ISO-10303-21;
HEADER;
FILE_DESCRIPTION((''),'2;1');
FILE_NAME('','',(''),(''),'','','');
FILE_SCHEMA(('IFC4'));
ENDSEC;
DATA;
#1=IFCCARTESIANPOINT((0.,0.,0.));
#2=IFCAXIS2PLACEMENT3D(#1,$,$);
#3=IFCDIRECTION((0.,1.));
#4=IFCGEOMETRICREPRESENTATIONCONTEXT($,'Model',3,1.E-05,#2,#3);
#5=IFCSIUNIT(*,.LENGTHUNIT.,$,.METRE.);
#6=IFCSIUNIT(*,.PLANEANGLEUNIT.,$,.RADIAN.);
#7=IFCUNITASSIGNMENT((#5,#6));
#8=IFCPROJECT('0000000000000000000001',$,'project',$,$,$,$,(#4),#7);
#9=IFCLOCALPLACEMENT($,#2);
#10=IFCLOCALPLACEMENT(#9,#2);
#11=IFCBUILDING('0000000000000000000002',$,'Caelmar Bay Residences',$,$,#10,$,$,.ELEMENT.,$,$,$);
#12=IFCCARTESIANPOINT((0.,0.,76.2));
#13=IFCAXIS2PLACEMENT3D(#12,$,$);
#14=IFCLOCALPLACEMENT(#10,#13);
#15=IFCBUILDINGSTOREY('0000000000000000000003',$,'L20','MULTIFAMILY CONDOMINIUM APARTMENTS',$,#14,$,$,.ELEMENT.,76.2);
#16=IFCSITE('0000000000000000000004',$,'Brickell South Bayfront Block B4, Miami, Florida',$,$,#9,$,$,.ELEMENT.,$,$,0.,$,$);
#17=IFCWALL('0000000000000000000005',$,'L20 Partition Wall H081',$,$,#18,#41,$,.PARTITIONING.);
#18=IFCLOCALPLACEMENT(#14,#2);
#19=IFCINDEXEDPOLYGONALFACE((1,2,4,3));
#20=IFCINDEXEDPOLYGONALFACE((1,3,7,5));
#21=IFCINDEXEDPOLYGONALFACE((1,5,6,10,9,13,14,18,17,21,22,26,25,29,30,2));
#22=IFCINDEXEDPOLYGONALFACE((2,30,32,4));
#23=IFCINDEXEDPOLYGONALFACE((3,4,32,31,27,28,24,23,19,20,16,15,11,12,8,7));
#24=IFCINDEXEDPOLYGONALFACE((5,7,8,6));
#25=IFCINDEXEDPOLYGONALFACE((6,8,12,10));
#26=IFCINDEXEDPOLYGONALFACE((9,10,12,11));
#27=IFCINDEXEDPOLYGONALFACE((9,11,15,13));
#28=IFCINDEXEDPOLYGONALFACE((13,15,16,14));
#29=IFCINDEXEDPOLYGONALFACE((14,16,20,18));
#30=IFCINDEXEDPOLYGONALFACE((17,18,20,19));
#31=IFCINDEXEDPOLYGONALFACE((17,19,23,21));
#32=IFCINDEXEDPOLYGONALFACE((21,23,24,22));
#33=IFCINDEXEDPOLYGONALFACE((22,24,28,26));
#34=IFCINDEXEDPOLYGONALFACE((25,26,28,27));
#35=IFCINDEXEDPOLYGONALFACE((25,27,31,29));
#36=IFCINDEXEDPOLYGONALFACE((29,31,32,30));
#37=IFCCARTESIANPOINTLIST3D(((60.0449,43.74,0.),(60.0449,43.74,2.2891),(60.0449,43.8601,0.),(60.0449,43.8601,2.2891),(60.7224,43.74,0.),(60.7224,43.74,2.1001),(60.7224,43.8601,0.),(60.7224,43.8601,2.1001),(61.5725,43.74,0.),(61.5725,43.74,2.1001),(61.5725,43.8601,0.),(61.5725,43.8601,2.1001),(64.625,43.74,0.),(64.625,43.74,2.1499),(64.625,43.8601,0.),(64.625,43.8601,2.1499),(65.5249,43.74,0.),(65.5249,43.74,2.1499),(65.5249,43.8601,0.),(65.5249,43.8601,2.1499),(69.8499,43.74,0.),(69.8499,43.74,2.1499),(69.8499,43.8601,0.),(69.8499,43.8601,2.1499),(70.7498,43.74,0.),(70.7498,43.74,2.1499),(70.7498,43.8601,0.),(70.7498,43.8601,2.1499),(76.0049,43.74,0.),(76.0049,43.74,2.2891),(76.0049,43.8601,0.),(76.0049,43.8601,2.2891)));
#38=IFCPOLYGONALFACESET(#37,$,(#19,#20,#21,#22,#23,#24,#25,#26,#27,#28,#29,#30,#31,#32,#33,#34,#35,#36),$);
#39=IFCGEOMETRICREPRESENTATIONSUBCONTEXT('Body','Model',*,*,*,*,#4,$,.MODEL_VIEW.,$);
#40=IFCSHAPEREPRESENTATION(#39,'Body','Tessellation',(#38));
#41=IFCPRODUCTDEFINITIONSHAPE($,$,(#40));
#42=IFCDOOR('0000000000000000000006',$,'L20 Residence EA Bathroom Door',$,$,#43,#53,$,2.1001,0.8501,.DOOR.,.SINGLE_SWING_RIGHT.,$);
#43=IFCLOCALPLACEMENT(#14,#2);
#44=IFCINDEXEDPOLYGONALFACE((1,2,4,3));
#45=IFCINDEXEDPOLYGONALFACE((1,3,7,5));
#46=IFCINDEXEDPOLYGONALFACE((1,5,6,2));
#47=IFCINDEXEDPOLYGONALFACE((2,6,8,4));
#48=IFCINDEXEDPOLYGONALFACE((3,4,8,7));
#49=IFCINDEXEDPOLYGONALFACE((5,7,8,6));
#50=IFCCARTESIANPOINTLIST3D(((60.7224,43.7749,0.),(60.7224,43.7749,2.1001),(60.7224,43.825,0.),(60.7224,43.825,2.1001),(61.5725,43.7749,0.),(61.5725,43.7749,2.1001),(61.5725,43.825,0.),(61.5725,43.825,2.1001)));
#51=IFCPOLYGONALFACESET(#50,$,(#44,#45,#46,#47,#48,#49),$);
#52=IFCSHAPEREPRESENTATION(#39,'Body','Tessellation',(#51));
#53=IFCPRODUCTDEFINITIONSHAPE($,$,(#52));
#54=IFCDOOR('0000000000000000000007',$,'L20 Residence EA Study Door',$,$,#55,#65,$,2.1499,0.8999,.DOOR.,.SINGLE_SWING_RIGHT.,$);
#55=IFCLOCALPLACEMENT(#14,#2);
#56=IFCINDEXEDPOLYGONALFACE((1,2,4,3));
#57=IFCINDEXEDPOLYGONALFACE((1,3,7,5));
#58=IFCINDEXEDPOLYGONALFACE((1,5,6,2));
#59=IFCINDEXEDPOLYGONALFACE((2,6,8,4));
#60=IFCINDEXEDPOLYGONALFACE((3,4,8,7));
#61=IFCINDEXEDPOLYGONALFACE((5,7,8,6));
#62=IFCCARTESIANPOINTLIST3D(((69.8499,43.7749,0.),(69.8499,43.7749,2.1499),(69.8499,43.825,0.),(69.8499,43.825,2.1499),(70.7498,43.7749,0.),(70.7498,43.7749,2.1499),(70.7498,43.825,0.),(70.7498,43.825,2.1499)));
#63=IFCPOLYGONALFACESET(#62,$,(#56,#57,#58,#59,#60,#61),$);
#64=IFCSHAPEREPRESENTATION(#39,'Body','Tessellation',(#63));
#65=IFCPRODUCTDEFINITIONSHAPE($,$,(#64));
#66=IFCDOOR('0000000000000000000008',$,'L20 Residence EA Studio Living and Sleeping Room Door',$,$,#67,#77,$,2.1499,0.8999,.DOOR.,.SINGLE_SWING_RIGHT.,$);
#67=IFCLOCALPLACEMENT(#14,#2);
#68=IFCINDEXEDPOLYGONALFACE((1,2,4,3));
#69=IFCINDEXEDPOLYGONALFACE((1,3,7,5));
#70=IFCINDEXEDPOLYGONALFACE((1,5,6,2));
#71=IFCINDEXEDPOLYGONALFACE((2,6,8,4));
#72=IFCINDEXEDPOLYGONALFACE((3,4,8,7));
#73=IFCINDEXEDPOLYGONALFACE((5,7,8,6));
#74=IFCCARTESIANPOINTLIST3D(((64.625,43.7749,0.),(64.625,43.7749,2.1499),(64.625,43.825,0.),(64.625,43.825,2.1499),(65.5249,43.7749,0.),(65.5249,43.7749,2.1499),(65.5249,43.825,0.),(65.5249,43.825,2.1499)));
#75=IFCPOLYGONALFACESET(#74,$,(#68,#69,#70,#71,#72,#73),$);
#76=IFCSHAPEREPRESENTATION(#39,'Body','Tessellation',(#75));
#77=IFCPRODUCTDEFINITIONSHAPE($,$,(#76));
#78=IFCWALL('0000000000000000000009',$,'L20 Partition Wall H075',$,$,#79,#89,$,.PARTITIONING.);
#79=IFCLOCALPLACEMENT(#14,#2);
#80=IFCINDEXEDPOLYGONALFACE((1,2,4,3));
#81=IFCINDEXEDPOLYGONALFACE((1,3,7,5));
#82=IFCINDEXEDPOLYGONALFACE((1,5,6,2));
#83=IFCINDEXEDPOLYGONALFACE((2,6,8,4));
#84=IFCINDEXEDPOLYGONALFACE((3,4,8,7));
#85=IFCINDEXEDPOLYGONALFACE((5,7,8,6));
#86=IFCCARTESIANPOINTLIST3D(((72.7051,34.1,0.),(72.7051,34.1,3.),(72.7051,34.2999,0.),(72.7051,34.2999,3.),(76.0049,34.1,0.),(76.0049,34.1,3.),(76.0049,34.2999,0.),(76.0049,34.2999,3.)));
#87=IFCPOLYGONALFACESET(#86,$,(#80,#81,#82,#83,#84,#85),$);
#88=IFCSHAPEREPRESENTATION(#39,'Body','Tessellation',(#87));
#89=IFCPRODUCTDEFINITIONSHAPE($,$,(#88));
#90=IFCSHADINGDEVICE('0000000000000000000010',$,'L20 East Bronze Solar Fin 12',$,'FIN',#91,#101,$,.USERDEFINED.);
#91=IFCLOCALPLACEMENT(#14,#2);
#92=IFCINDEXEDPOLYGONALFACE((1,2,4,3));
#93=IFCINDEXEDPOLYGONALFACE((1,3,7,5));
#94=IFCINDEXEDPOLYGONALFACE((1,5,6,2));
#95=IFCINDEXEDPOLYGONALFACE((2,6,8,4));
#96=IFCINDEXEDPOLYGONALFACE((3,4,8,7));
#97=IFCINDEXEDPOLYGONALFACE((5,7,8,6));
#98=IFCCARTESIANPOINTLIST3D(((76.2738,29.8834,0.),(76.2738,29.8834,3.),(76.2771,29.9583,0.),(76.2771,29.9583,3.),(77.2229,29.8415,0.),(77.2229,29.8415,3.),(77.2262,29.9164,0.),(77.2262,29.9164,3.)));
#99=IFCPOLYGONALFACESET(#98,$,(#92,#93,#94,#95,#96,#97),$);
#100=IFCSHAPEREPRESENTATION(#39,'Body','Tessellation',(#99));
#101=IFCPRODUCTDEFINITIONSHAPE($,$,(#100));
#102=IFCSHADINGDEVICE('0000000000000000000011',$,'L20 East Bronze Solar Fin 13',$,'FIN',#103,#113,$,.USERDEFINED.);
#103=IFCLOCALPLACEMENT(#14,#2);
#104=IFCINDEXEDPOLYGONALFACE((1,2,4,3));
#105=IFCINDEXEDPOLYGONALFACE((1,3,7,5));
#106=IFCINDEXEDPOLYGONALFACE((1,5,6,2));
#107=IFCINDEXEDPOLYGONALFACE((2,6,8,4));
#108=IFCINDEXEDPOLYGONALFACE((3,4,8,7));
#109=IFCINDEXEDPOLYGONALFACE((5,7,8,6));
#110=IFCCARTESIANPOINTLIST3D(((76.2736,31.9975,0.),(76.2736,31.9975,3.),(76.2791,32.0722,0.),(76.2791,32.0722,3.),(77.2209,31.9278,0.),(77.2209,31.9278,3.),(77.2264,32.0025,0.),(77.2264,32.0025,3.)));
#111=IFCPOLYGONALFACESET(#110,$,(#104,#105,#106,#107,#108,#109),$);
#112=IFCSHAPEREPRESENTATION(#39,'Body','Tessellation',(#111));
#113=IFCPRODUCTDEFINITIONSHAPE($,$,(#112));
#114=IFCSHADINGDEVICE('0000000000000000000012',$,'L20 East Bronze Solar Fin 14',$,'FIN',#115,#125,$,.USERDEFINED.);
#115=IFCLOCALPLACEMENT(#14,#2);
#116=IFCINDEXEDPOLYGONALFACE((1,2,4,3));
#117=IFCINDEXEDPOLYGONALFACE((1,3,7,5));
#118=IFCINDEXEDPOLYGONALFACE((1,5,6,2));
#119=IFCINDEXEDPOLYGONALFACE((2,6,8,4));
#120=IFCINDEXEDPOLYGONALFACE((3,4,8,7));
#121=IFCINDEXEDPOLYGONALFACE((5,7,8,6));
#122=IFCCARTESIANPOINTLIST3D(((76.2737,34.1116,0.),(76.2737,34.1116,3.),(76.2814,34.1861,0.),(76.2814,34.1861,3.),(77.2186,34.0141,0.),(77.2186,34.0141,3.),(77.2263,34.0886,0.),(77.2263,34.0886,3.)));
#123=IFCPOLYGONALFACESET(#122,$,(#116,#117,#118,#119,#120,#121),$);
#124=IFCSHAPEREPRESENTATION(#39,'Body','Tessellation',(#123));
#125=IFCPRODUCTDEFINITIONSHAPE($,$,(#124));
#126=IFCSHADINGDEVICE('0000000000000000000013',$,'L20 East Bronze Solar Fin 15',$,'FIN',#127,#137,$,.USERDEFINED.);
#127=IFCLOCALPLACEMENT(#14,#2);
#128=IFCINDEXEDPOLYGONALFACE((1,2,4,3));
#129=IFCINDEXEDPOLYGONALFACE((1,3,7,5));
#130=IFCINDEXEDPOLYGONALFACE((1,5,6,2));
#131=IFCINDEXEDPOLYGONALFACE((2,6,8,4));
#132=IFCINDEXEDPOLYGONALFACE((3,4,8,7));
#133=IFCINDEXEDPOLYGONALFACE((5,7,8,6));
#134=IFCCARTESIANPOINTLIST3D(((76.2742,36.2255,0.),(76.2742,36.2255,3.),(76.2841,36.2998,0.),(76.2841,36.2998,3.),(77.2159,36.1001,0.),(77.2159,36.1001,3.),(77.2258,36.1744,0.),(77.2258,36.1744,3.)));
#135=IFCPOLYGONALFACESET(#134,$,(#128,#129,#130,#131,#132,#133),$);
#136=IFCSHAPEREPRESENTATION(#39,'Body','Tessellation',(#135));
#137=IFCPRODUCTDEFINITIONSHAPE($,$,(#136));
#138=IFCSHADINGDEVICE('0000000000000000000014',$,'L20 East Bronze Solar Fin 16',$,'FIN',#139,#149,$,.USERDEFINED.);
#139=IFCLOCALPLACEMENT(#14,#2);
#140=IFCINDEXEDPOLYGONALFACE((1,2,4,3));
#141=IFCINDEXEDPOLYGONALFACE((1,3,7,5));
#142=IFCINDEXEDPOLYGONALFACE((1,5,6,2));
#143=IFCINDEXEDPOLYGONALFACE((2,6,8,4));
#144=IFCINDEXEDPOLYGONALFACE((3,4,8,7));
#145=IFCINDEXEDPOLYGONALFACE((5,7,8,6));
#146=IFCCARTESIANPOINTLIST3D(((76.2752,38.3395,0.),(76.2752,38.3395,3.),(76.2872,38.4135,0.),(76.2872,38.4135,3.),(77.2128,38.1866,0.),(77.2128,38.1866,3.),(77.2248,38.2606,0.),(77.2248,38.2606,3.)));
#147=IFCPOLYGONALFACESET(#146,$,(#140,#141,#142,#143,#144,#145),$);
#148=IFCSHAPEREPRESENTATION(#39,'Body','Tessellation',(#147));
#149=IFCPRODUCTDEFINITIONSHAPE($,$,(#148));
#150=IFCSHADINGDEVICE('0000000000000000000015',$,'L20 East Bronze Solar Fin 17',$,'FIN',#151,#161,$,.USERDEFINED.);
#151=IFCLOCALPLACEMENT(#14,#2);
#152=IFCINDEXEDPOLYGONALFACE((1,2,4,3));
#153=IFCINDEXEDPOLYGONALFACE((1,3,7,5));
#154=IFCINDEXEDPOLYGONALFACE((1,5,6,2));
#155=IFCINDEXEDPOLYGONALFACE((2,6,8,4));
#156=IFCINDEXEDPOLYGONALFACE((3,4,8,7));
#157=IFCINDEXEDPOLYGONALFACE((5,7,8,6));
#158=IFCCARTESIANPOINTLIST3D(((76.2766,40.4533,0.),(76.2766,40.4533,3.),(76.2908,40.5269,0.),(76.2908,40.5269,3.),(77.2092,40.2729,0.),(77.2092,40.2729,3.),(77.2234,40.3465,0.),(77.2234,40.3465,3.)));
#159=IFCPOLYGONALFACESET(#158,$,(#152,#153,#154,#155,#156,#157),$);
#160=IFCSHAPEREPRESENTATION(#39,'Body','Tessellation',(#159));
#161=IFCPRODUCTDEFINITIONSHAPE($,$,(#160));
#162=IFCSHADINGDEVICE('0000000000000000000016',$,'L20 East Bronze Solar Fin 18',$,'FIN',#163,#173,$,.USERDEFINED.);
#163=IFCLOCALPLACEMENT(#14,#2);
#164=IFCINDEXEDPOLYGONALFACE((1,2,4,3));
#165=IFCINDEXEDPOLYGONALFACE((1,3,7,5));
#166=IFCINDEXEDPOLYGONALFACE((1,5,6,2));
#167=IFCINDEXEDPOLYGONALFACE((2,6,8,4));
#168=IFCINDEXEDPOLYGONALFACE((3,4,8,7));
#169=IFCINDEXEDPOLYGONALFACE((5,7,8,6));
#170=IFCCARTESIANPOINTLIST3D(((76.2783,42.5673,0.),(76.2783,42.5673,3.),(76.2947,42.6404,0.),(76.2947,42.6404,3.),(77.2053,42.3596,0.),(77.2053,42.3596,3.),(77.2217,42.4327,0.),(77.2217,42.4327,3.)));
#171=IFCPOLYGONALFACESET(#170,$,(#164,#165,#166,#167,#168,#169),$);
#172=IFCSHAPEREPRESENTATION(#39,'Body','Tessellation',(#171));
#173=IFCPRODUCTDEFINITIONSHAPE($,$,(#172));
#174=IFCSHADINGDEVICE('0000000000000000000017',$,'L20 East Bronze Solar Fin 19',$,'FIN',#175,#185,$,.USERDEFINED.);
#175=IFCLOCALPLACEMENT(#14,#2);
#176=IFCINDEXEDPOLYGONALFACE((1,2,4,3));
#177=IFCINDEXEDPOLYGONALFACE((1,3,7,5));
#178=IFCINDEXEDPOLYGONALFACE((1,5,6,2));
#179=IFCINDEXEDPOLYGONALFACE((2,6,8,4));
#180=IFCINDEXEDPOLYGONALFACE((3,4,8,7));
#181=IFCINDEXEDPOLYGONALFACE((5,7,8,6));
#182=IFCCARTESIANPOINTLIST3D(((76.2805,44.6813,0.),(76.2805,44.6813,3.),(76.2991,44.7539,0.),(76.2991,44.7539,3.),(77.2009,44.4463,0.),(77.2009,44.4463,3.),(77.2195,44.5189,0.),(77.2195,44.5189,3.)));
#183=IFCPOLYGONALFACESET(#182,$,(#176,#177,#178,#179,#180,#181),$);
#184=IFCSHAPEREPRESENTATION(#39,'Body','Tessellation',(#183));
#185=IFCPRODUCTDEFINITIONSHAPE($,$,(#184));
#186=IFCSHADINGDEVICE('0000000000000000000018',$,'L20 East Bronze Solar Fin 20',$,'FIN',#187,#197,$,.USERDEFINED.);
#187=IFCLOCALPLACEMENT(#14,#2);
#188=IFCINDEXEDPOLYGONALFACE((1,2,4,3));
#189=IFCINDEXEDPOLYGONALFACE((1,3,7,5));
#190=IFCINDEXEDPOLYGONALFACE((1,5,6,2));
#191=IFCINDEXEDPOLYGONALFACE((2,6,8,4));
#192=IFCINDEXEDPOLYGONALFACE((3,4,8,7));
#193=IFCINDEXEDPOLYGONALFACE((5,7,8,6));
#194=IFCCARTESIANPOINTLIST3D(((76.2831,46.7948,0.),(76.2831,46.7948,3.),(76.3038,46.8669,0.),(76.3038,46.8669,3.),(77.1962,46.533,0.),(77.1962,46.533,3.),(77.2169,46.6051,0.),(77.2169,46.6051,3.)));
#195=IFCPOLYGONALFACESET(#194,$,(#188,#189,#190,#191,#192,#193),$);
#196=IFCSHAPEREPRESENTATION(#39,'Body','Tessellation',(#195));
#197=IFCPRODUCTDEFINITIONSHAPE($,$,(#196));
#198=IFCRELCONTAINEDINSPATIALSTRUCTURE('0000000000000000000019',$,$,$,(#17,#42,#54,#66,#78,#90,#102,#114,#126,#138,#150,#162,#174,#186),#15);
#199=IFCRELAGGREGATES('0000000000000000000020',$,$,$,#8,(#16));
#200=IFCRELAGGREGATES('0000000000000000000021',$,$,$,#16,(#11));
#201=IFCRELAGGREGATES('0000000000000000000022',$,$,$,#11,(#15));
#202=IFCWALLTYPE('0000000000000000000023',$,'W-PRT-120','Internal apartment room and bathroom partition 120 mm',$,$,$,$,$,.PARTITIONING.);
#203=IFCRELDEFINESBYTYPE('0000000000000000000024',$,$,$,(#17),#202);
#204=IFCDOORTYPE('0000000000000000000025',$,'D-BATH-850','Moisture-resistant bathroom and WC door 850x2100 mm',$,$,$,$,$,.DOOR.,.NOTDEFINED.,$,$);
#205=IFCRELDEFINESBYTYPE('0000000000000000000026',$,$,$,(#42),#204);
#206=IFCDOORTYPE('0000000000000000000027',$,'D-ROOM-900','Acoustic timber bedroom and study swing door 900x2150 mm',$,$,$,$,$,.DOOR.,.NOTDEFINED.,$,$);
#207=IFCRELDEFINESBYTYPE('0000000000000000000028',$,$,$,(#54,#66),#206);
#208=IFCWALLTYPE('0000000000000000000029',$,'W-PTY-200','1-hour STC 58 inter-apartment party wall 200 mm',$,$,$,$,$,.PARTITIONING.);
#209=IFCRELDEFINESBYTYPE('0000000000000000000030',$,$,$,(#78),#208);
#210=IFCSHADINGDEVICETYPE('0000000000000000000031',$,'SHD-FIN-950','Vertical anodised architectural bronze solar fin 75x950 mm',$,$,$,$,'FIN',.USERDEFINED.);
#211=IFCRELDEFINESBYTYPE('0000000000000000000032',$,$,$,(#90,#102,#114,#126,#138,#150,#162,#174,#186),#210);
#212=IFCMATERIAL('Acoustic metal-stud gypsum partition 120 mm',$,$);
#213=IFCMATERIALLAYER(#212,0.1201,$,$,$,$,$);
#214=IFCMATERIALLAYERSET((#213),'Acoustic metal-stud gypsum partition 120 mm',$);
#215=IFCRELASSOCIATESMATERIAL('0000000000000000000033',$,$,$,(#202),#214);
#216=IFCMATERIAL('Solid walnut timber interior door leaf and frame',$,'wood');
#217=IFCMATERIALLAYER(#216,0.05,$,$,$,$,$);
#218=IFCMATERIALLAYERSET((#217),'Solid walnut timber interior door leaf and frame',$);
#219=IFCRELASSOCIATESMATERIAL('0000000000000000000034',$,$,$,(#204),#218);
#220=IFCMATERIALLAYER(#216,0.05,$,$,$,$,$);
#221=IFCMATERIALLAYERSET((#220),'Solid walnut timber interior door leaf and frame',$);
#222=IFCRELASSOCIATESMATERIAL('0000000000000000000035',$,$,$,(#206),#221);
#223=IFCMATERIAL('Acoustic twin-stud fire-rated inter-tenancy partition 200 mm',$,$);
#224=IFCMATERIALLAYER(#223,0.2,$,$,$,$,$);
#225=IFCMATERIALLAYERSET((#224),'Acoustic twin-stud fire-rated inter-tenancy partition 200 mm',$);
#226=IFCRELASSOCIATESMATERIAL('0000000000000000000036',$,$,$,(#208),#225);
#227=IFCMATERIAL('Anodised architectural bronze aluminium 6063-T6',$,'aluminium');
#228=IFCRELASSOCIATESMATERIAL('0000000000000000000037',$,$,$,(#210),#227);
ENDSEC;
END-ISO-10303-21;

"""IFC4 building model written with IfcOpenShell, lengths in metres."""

from ifc_helpers import new_model, si_unit, direction, frame, frame_2d, origin, origin_2d, place, context, subcontext, project, spatial, rectangle, extrude, material, layer, layer_set, material_profile, profile_set, type_object, element, fill, save


model = new_model("IFC4")

# Units and contexts
model_context = context("Model", 3, precision=1e-05, world=origin(), true_north=direction((0.0, 1.0)))
body_context = subcontext(model_context, "Body", "Model", "MODEL_VIEW")
ifc_project = project(units=[si_unit("LENGTHUNIT", "METRE"), si_unit("PLANEANGLEUNIT", "RADIAN")], contexts=[model_context])

# Site, building, storey
site_placement = place(None, origin())
site = spatial("IfcSite", under=ifc_project, at=site_placement, Name="Brickell South Bayfront Block B4, Miami, Florida", CompositionType="ELEMENT", RefElevation=0.0)
building_placement = place(site_placement, origin())
building = spatial("IfcBuilding", under=site, at=building_placement, Name="Caelmar Bay Residences", CompositionType="ELEMENT")
storey_placement = place(building_placement, frame((0.0, 0.0, 76.2)))
storey = spatial("IfcBuildingStorey", under=building, at=storey_placement, Name="L20", Description="MULTIFAMILY CONDOMINIUM APARTMENTS", CompositionType="ELEMENT", Elevation=76.2)

# Shared definitions
ifc_material_1 = material(Name="Acoustic metal-stud gypsum partition 120 mm")
ifc_layer_1 = layer(ifc_material_1, 0.1201)
ifc_layer_set_1 = layer_set([ifc_layer_1], Name="Acoustic metal-stud gypsum partition 120 mm")
wall_type_1 = type_object("IfcWallType", Name="W-PRT-120", Description="Internal apartment room and bathroom partition 120 mm", PredefinedType="PARTITIONING", material=ifc_layer_set_1)
ifc_material_2 = material(Name="Solid walnut timber interior door leaf and frame", Category="wood")
ifc_layer_2 = layer(ifc_material_2, 0.05)
ifc_layer_set_2 = layer_set([ifc_layer_2], Name="Solid walnut timber interior door leaf and frame")
door_type_1 = type_object("IfcDoorType", Name="D-BATH-850", Description="Moisture-resistant bathroom and WC door 850x2100 mm", OperationType="NOTDEFINED", PredefinedType="DOOR", material=ifc_layer_set_2)

# Shared definitions
ifc_layer_3 = layer(ifc_material_2, 0.05)
ifc_layer_set_3 = layer_set([ifc_layer_3], Name="Solid walnut timber interior door leaf and frame")
door_type_2 = type_object("IfcDoorType", Name="D-ROOM-900", Description="Acoustic timber bedroom and study swing door 900x2150 mm", OperationType="NOTDEFINED", PredefinedType="DOOR", material=ifc_layer_set_3)

# Wall, openings, doors
wall_1_placement = place(storey_placement, frame((60.0449, 43.8, 0.0), z_axis=(0.0, 0.0, 1.0), x_axis=(1.0, 0.0, 0.0)))
wall_1 = element("IfcWall", 1, at=wall_1_placement, inside=storey, type_object=wall_type_1, Name="L20 Partition Wall H081", PredefinedType="PARTITIONING", context=body_context, shape_type="SweptSolid", body=[
    extrude(rectangle(XDim=15.96, YDim=0.1201, at=frame_2d((7.98, 0.0))), origin(), (0.0, 0.0, 1.0), 2.2891),
])
opening_1_placement = place(wall_1_placement, frame((9.8049, 0.0, 0.0)))
opening_1 = element("IfcOpeningElement", 2, at=opening_1_placement, cuts=wall_1, PredefinedType="OPENING", context=body_context, shape_type="SweptSolid", body=[
    extrude(rectangle(XDim=0.8999, YDim=2.1499, at=frame_2d((0.45, 1.075))), frame((0.0, 0.0701, 0.0), z_axis=(0.0, -1.0, 0.0), x_axis=(1.0, 0.0, 0.0)), (0.0, 0.0, 1.0), 0.1401),
])
opening_2_placement = place(wall_1_placement, frame((4.5801, 0.0, 0.0)))
opening_2 = element("IfcOpeningElement", 3, at=opening_2_placement, cuts=wall_1, PredefinedType="OPENING", context=body_context, shape_type="SweptSolid", body=[
    extrude(rectangle(XDim=0.8999, YDim=2.1499, at=frame_2d((0.45, 1.075))), frame((0.0, 0.0701, 0.0), z_axis=(0.0, -1.0, 0.0), x_axis=(1.0, 0.0, 0.0)), (0.0, 0.0, 1.0), 0.1401),
])
opening_3_placement = place(wall_1_placement, frame((0.6775, 0.0, 0.0)))
opening_3 = element("IfcOpeningElement", 4, at=opening_3_placement, cuts=wall_1, PredefinedType="OPENING", context=body_context, shape_type="SweptSolid", body=[
    extrude(rectangle(XDim=0.8501, YDim=2.1001, at=frame_2d((0.425, 1.05))), frame((0.0, 0.0701, 0.0), z_axis=(0.0, -1.0, 0.0), x_axis=(1.0, 0.0, 0.0)), (0.0, 0.0, 1.0), 0.1401),
])
door_1_placement = place(opening_3_placement, origin())
door_1 = element("IfcDoor", 5, at=door_1_placement, inside=storey, type_object=door_type_1, Name="L20 Residence EA Bathroom Door", OperationType="SINGLE_SWING_RIGHT", OverallHeight=2.1001, OverallWidth=0.8501, PredefinedType="DOOR", context=body_context, shape_type="SweptSolid", body=[
    extrude(rectangle(XDim=0.8501, YDim=2.1001, at=frame_2d((0.425, 1.05))), frame((0.0, 0.0249, 0.0), z_axis=(0.0, -1.0, 0.0), x_axis=(1.0, 0.0, 0.0)), (0.0, 0.0, 1.0), 0.05),
])
fill(opening_3, door_1)
door_2_placement = place(opening_1_placement, origin())
door_2 = element("IfcDoor", 6, at=door_2_placement, inside=storey, type_object=door_type_2, Name="L20 Residence EA Study Door", OperationType="SINGLE_SWING_RIGHT", OverallHeight=2.1499, OverallWidth=0.8999, PredefinedType="DOOR", context=body_context, shape_type="SweptSolid", body=[
    extrude(rectangle(XDim=0.8999, YDim=2.1499, at=frame_2d((0.45, 1.075))), frame((0.0, 0.0249, 0.0), z_axis=(0.0, -1.0, 0.0), x_axis=(1.0, 0.0, 0.0)), (0.0, 0.0, 1.0), 0.05),
])
fill(opening_1, door_2)
door_3_placement = place(opening_2_placement, origin())
door_3 = element("IfcDoor", 7, at=door_3_placement, inside=storey, type_object=door_type_2, Name="L20 Residence EA Studio Living and Sleeping Room Door", OperationType="SINGLE_SWING_RIGHT", OverallHeight=2.1499, OverallWidth=0.8999, PredefinedType="DOOR", context=body_context, shape_type="SweptSolid", body=[
    extrude(rectangle(XDim=0.8999, YDim=2.1499, at=frame_2d((0.45, 1.075))), frame((0.0, 0.0249, 0.0), z_axis=(0.0, -1.0, 0.0), x_axis=(1.0, 0.0, 0.0)), (0.0, 0.0, 1.0), 0.05),
])
fill(opening_2, door_3)

# Wall
ifc_material_3 = material(Name="Acoustic twin-stud fire-rated inter-tenancy partition 200 mm")
ifc_layer_4 = layer(ifc_material_3, 0.2)
ifc_layer_set_4 = layer_set([ifc_layer_4], Name="Acoustic twin-stud fire-rated inter-tenancy partition 200 mm")
wall_type_2 = type_object("IfcWallType", Name="W-PTY-200", Description="1-hour STC 58 inter-apartment party wall 200 mm", PredefinedType="PARTITIONING", material=ifc_layer_set_4)
wall_2_placement = place(storey_placement, frame((72.7051, 34.2, 0.0), z_axis=(0.0, 0.0, 1.0), x_axis=(1.0, 0.0, 0.0)))
element("IfcWall", 8, at=wall_2_placement, inside=storey, type_object=wall_type_2, Name="L20 Partition Wall H075", PredefinedType="PARTITIONING", context=body_context, shape_type="SweptSolid", body=[
    extrude(rectangle(XDim=3.2998, YDim=0.2, at=frame_2d((1.6499, 0.0))), origin(), (0.0, 0.0, 1.0), 3.0),
])

# Shading devices
ifc_material_4 = material(Name="Anodised architectural bronze aluminium 6063-T6", Category="aluminium")
ifc_material_profile_1 = material_profile(ifc_material_4, rectangle(XDim=0.075, YDim=0.95, at=origin_2d()), Name="BRONZE-FIN-75X950")
ifc_profile_set_1 = profile_set([ifc_material_profile_1], Name="Anodised architectural bronze aluminium 6063-T6")
shading_device_type = type_object("IfcShadingDeviceType", Name="SHD-FIN-950", Description="Vertical anodised architectural bronze solar fin 75x950 mm", ElementType="FIN", PredefinedType="USERDEFINED", material=ifc_profile_set_1)
for number, where, z_axis, x_axis, name in (
    (9, (76.75, 29.8999, 0.0), (0.0, 0.0, 1.0), (0.044142, 0.999025, 0.0), "L20 East Bronze Solar Fin 12"),
    (10, (76.75, 32.0, 0.0), (0.0, 0.0, 1.0), (0.073412, 0.997302, 0.0), "L20 East Bronze Solar Fin 13"),
    (11, (76.75, 34.1001, 0.0), (0.0, 0.0, 1.0), (0.102619, 0.994721, 0.0), "L20 East Bronze Solar Fin 14"),
    (12, (76.75, 36.2, 0.0), (0.0, 0.0, 1.0), (0.13191, 0.991262, 0.0), "L20 East Bronze Solar Fin 15"),
    (13, (76.75, 38.3, 0.0), (0.0, 0.0, 1.0), (0.160915, 0.986968, 0.0), "L20 East Bronze Solar Fin 16"),
    (14, (76.75, 40.3999, 0.0), (0.0, 0.0, 1.0), (0.189952, 0.981793, 0.0), "L20 East Bronze Solar Fin 17"),
    (15, (76.75, 42.5, 0.0), (0.0, 0.0, 1.0), (0.218654, 0.975802, 0.0), "L20 East Bronze Solar Fin 18"),
    (16, (76.75, 44.6001, 0.0), (0.0, 0.0, 1.0), (0.247337, 0.968929, 0.0), "L20 East Bronze Solar Fin 19"),
    (17, (76.75, 46.7, 0.0), (0.0, 0.0, 1.0), (0.275637, 0.961262, 0.0), "L20 East Bronze Solar Fin 20"),
):
    element("IfcShadingDevice", number, at=place(storey_placement, frame(where, z_axis=z_axis, x_axis=x_axis)), inside=storey, type_object=shading_device_type, Name=name, ObjectType="FIN", PredefinedType="USERDEFINED", context=body_context, shape_type="SweptSolid", body=[
        extrude(rectangle(XDim=0.075, YDim=0.95, at=origin_2d()), origin(), (0.0, 0.0, 1.0), 3.0),
    ])

save(model, "model.ifc")
